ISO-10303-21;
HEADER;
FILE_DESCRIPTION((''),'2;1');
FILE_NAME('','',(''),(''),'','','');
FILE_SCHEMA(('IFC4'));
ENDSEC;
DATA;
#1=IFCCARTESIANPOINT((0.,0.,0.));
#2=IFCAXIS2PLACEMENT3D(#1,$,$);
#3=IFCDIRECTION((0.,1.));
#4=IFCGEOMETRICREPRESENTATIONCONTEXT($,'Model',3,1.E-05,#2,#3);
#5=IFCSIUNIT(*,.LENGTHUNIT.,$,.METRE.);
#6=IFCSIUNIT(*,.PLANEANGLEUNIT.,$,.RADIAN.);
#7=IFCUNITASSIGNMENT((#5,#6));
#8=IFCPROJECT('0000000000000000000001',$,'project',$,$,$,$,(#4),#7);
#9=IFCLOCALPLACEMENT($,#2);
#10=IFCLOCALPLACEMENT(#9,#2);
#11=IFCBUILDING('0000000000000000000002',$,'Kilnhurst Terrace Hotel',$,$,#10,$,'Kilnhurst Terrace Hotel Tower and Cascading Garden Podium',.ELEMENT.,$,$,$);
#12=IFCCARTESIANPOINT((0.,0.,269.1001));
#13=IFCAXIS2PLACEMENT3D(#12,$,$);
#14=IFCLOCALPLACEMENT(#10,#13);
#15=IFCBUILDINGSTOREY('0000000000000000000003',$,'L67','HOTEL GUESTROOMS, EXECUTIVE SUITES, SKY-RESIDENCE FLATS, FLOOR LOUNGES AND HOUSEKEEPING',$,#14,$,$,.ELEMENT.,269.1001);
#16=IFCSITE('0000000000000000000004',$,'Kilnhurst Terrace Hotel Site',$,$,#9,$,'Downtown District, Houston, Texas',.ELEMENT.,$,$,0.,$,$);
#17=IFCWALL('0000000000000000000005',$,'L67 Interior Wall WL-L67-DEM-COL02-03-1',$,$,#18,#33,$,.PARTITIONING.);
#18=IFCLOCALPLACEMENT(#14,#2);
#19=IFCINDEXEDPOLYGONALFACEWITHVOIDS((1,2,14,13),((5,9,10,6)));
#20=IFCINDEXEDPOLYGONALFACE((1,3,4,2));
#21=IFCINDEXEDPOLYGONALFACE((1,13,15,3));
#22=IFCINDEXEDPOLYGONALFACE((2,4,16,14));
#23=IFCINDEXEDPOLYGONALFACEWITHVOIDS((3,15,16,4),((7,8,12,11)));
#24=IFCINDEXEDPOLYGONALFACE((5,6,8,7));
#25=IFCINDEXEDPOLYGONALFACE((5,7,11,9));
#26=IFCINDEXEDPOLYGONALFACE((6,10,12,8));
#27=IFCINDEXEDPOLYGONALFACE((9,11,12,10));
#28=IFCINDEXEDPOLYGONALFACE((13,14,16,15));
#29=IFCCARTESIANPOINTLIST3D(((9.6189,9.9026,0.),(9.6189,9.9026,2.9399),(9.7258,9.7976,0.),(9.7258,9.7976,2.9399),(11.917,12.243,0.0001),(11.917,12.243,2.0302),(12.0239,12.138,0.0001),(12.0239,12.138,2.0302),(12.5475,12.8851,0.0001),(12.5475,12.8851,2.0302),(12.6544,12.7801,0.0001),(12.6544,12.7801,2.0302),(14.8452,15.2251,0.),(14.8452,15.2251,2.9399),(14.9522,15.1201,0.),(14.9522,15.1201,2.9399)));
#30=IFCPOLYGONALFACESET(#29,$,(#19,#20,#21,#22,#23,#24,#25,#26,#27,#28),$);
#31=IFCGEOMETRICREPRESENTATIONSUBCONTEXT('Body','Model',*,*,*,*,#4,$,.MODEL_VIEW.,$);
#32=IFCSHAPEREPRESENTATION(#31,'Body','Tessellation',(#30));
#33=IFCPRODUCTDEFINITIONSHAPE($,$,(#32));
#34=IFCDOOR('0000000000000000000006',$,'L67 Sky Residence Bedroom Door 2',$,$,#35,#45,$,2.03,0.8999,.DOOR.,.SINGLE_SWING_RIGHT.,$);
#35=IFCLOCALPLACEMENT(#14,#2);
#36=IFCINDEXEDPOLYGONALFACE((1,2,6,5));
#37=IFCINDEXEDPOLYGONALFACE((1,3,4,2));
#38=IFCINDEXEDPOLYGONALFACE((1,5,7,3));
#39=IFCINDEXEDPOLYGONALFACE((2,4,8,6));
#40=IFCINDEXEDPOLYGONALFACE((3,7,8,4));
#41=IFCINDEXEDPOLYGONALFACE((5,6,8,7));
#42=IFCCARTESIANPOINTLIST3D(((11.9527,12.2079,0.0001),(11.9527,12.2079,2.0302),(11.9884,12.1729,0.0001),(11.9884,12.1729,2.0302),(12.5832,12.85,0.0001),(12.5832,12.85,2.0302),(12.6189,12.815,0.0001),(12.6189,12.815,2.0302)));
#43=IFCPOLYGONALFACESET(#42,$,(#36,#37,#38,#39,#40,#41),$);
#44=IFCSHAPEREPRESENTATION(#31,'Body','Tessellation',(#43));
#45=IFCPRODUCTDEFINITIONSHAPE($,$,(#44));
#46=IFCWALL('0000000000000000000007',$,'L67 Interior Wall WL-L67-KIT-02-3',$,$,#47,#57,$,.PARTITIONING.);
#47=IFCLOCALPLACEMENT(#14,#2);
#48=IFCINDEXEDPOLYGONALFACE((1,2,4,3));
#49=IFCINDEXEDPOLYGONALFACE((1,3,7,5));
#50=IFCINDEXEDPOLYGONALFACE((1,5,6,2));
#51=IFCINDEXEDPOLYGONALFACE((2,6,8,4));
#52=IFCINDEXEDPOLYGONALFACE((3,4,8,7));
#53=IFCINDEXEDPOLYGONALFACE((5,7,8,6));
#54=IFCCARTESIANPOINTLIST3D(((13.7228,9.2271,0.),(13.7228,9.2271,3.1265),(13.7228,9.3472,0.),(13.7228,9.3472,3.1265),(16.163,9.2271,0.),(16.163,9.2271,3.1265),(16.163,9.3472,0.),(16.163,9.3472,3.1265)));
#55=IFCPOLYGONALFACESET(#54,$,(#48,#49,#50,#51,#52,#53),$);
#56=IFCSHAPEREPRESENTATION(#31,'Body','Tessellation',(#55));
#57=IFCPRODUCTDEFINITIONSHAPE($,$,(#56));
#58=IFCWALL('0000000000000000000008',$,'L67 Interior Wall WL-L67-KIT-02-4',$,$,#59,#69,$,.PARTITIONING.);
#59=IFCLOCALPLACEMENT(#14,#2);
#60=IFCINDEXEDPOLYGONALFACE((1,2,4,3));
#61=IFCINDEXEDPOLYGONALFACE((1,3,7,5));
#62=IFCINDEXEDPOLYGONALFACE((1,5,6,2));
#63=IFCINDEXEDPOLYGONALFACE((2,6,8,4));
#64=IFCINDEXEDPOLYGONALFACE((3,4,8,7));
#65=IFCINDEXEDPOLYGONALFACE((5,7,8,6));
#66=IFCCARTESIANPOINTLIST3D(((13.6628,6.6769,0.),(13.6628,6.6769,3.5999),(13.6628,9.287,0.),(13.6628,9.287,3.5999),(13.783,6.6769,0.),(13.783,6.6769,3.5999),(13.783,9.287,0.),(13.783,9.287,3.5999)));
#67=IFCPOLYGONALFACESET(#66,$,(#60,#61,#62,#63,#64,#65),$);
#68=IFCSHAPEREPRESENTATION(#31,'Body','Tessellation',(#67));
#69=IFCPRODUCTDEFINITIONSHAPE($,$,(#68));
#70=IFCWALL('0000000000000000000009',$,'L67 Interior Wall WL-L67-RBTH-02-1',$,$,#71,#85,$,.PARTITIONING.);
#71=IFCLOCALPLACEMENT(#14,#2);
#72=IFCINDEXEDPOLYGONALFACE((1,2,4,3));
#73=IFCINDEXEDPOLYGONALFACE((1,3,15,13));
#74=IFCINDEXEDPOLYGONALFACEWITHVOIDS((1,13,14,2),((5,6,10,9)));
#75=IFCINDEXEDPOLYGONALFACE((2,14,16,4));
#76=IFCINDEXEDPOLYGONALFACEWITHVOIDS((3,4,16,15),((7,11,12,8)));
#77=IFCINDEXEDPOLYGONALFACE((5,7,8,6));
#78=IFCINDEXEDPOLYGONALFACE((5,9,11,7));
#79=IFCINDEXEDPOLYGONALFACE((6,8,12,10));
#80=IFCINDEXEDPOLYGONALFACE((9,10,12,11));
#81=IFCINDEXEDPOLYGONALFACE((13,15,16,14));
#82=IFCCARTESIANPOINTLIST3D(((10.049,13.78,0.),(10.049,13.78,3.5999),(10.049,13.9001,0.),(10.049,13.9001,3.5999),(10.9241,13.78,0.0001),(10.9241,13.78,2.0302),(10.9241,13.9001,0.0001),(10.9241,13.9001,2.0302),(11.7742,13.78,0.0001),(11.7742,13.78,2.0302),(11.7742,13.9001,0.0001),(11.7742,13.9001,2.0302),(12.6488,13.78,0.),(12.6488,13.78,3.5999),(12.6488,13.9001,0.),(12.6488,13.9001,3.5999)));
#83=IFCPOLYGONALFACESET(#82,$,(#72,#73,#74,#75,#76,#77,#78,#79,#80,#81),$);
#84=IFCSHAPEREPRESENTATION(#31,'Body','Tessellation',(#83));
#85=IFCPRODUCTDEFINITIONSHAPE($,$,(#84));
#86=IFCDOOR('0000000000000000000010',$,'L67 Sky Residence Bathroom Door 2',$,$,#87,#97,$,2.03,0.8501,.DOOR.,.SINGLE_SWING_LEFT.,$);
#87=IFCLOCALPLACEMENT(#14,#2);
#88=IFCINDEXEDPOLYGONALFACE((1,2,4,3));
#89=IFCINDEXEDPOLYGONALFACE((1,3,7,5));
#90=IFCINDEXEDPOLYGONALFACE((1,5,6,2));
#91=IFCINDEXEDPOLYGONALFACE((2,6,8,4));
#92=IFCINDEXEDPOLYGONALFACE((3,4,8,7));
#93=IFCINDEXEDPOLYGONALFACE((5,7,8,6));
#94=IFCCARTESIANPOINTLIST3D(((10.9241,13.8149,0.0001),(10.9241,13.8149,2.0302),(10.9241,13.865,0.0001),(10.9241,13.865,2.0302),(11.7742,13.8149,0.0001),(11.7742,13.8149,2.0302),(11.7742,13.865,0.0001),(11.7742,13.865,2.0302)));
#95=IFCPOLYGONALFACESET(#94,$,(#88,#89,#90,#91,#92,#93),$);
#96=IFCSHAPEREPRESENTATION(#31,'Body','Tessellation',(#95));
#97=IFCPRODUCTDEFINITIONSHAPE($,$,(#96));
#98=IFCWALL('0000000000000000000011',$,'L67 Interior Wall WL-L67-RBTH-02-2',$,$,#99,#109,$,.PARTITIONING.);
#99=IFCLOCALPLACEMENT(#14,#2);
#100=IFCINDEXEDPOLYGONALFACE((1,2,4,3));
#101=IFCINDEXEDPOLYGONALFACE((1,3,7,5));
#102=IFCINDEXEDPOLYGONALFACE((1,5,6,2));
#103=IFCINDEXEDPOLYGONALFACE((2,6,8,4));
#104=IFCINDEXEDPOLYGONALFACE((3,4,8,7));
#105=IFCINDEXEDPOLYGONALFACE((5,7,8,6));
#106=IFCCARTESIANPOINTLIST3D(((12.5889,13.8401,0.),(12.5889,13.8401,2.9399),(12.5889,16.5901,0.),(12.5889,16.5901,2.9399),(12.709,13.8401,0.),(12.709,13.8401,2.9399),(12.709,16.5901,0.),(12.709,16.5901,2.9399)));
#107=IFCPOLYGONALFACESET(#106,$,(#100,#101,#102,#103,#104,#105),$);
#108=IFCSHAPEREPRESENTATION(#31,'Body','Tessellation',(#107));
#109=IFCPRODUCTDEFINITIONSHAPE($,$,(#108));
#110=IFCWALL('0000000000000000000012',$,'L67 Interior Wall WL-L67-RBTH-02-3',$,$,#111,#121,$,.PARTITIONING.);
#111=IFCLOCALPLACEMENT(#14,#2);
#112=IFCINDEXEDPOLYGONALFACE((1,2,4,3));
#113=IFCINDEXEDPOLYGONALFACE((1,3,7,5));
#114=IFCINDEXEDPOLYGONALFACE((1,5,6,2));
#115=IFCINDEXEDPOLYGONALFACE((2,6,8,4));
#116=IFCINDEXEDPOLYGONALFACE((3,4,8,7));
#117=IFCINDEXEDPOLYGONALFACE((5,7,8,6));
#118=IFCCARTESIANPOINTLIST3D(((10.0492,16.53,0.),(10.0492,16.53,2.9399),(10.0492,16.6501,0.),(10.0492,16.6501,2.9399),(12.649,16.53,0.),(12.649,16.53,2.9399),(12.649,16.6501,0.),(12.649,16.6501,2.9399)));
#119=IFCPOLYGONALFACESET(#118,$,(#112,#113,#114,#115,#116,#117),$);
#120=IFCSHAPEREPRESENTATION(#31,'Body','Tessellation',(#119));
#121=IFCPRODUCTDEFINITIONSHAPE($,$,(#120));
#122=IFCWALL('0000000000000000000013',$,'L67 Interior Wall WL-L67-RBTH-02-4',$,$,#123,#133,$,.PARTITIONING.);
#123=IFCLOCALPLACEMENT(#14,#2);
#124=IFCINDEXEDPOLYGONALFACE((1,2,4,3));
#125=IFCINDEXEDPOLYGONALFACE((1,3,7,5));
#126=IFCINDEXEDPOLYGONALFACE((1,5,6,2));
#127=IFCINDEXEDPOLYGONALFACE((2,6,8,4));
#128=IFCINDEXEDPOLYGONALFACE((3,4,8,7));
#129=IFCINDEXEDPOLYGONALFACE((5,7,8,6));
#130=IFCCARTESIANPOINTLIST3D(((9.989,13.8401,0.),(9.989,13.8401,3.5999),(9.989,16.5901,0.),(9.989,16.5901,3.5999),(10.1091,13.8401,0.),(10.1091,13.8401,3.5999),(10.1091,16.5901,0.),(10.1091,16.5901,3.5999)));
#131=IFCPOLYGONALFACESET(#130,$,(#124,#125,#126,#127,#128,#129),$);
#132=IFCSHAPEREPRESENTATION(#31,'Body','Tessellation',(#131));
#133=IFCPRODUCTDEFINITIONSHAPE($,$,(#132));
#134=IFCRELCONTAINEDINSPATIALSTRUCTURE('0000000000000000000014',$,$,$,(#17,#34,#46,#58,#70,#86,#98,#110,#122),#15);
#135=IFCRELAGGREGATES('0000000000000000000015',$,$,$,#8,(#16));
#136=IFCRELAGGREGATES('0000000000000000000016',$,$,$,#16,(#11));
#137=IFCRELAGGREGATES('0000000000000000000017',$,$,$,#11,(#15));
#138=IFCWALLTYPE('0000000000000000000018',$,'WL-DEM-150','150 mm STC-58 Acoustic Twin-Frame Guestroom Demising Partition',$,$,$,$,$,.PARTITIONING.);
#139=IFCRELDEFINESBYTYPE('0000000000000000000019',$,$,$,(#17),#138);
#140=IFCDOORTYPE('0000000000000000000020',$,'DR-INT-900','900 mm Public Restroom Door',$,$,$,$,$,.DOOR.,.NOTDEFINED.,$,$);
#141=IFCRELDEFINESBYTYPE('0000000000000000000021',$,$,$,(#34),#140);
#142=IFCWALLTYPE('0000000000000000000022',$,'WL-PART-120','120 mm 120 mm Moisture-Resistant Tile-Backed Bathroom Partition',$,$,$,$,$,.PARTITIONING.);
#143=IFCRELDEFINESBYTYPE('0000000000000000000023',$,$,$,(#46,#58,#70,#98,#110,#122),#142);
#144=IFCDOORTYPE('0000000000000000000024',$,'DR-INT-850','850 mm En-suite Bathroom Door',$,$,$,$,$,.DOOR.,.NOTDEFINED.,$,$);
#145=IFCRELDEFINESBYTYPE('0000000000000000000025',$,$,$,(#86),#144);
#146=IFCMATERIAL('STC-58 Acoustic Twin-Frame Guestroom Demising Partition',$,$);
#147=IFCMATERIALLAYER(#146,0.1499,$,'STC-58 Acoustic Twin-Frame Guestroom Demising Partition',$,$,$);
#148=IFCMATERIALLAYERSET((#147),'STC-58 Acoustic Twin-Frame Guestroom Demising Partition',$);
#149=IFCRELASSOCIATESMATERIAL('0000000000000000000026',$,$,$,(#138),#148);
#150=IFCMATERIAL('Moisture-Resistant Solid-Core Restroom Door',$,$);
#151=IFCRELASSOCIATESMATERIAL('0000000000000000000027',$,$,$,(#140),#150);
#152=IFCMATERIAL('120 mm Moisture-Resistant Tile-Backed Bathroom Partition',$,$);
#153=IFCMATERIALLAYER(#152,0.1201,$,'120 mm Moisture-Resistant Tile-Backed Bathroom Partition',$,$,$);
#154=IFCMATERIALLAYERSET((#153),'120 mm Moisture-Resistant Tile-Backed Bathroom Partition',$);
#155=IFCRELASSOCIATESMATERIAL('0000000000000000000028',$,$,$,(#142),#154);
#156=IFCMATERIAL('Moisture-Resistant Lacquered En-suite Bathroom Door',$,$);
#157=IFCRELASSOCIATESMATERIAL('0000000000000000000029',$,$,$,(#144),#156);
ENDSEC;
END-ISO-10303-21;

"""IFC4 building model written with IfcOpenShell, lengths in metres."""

from ifc_helpers import new_model, si_unit, direction, frame, frame_2d, origin, place, context, subcontext, project, spatial, rectangle, extrude, material, layer, layer_set, type_object, element, fill, save


model = new_model("IFC4")

# Units and contexts
model_context = context("Model", 3, precision=1e-05, world=origin(), true_north=direction((0.0, 1.0)))
body_context = subcontext(model_context, "Body", "Model", "MODEL_VIEW")
ifc_project = project(units=[si_unit("LENGTHUNIT", "METRE"), si_unit("PLANEANGLEUNIT", "RADIAN")], contexts=[model_context])

# Site, building, storey
site_placement = place(None, origin())
site = spatial("IfcSite", under=ifc_project, at=site_placement, Name="Kilnhurst Terrace Hotel Site", LongName="Downtown District, Houston, Texas", CompositionType="ELEMENT", RefElevation=0.0)
building_placement = place(site_placement, origin())
building = spatial("IfcBuilding", under=site, at=building_placement, Name="Kilnhurst Terrace Hotel", LongName="Kilnhurst Terrace Hotel Tower and Cascading Garden Podium", CompositionType="ELEMENT")
storey_placement = place(building_placement, frame((0.0, 0.0, 269.1001)))
storey = spatial("IfcBuildingStorey", under=building, at=storey_placement, Name="L67", Description="HOTEL GUESTROOMS, EXECUTIVE SUITES, SKY-RESIDENCE FLATS, FLOOR LOUNGES AND HOUSEKEEPING", CompositionType="ELEMENT", Elevation=269.1001)

# Wall, opening, door
ifc_material_1 = material(Name="STC-58 Acoustic Twin-Frame Guestroom Demising Partition")
ifc_layer_1 = layer(ifc_material_1, 0.1499, Name="STC-58 Acoustic Twin-Frame Guestroom Demising Partition")
ifc_layer_set_1 = layer_set([ifc_layer_1], Name="STC-58 Acoustic Twin-Frame Guestroom Demising Partition")
wall_type_1 = type_object("IfcWallType", Name="WL-DEM-150", Description="150 mm STC-58 Acoustic Twin-Frame Guestroom Demising Partition", PredefinedType="PARTITIONING", material=ifc_layer_set_1)
wall_1_placement = place(storey_placement, frame((9.6724, 9.8501, 0.0), z_axis=(0.0, 0.0, 1.0), x_axis=(0.70063, 0.713525, 0.0)))
wall_1 = element("IfcWall", 1, at=wall_1_placement, inside=storey, type_object=wall_type_1, Name="L67 Interior Wall WL-L67-DEM-COL02-03-1", PredefinedType="PARTITIONING", context=body_context, shape_type="SweptSolid", body=[
    extrude(rectangle(XDim=7.4595, YDim=0.1499, at=frame_2d((3.7297, 0.0))), origin(), (0.0, 0.0, 1.0), 2.9399),
])
opening_1_placement = place(wall_1_placement, frame((3.28, 0.0, 0.0)))
opening_1 = element("IfcOpeningElement", 2, at=opening_1_placement, cuts=wall_1, PredefinedType="OPENING", context=body_context, shape_type="SweptSolid", body=[
    extrude(rectangle(XDim=0.8999, YDim=2.03, at=frame_2d((0.45, 1.0151))), frame((0.0, 0.085, 0.0), z_axis=(0.0, -1.0, 0.0), x_axis=(1.0, 0.0, 0.0)), (0.0, 0.0, 1.0), 0.1699),
])
ifc_material_2 = material(Name="Moisture-Resistant Solid-Core Restroom Door")
door_type_1 = type_object("IfcDoorType", Name="DR-INT-900", Description="900 mm Public Restroom Door", OperationType="NOTDEFINED", PredefinedType="DOOR", material=ifc_material_2)
door_1_placement = place(opening_1_placement, origin())
door_1 = element("IfcDoor", 3, at=door_1_placement, inside=storey, type_object=door_type_1, Name="L67 Sky Residence Bedroom Door 2", OperationType="SINGLE_SWING_RIGHT", OverallHeight=2.03, OverallWidth=0.8999, PredefinedType="DOOR", context=body_context, shape_type="SweptSolid", body=[
    extrude(rectangle(XDim=0.8999, YDim=2.03, at=frame_2d((0.45, 1.0151))), frame((0.0, 0.0249, 0.0), z_axis=(0.0, -1.0, 0.0), x_axis=(1.0, 0.0, 0.0)), (0.0, 0.0, 1.0), 0.05),
])
fill(opening_1, door_1)

# Walls
ifc_material_3 = material(Name="120 mm Moisture-Resistant Tile-Backed Bathroom Partition")
ifc_layer_2 = layer(ifc_material_3, 0.1201, Name="120 mm Moisture-Resistant Tile-Backed Bathroom Partition")
ifc_layer_set_2 = layer_set([ifc_layer_2], Name="120 mm Moisture-Resistant Tile-Backed Bathroom Partition")
wall_type_2 = type_object("IfcWallType", Name="WL-PART-120", Description="120 mm 120 mm Moisture-Resistant Tile-Backed Bathroom Partition", PredefinedType="PARTITIONING", material=ifc_layer_set_2)
wall_2_placement = place(storey_placement, frame((16.1631, 9.2871, 0.0), z_axis=(0.0, 0.0, 1.0), x_axis=(-1.0, 0.0, 0.0)))
element("IfcWall", 4, at=wall_2_placement, inside=storey, type_object=wall_type_2, Name="L67 Interior Wall WL-L67-KIT-02-3", PredefinedType="PARTITIONING", context=body_context, shape_type="SweptSolid", body=[
    extrude(rectangle(XDim=2.4402, YDim=0.1201, at=frame_2d((1.2202, 0.0))), origin(), (0.0, 0.0, 1.0), 3.1265),
])
wall_3_placement = place(storey_placement, frame((13.7229, 9.2871, 0.0), z_axis=(0.0, 0.0, 1.0), x_axis=(0.0, -1.0, 0.0)))
element("IfcWall", 5, at=wall_3_placement, inside=storey, type_object=wall_type_2, Name="L67 Interior Wall WL-L67-KIT-02-4", PredefinedType="PARTITIONING", context=body_context, shape_type="SweptSolid", body=[
    extrude(rectangle(XDim=2.6101, YDim=0.1201, at=frame_2d((1.3052, 0.0))), origin(), (0.0, 0.0, 1.0), 3.5999),
])

# Wall, opening, door
wall_4_placement = place(storey_placement, frame((10.0491, 13.8401, 0.0), z_axis=(0.0, 0.0, 1.0), x_axis=(1.0, 0.0, 0.0)))
wall_4 = element("IfcWall", 6, at=wall_4_placement, inside=storey, type_object=wall_type_2, Name="L67 Interior Wall WL-L67-RBTH-02-1", PredefinedType="PARTITIONING", context=body_context, shape_type="SweptSolid", body=[
    extrude(rectangle(XDim=2.5999, YDim=0.1201, at=frame_2d((1.2998, 0.0))), origin(), (0.0, 0.0, 1.0), 3.5999),
])
opening_2_placement = place(wall_4_placement, frame((0.875, 0.0, 0.0)))
opening_2 = element("IfcOpeningElement", 7, at=opening_2_placement, cuts=wall_4, PredefinedType="OPENING", context=body_context, shape_type="SweptSolid", body=[
    extrude(rectangle(XDim=0.8501, YDim=2.03, at=frame_2d((0.425, 1.0151))), frame((0.0, 0.0701, 0.0), z_axis=(0.0, -1.0, 0.0), x_axis=(1.0, 0.0, 0.0)), (0.0, 0.0, 1.0), 0.1401),
])
ifc_material_4 = material(Name="Moisture-Resistant Lacquered En-suite Bathroom Door")
door_type_2 = type_object("IfcDoorType", Name="DR-INT-850", Description="850 mm En-suite Bathroom Door", OperationType="NOTDEFINED", PredefinedType="DOOR", material=ifc_material_4)
door_2_placement = place(opening_2_placement, origin())
door_2 = element("IfcDoor", 8, at=door_2_placement, inside=storey, type_object=door_type_2, Name="L67 Sky Residence Bathroom Door 2", OperationType="SINGLE_SWING_LEFT", OverallHeight=2.03, OverallWidth=0.8501, PredefinedType="DOOR", context=body_context, shape_type="SweptSolid", body=[
    extrude(rectangle(XDim=0.8501, YDim=2.03, at=frame_2d((0.425, 1.0151))), frame((0.0, 0.0249, 0.0), z_axis=(0.0, -1.0, 0.0), x_axis=(1.0, 0.0, 0.0)), (0.0, 0.0, 1.0), 0.05),
])
fill(opening_2, door_2)

# Walls
wall_5_placement = place(storey_placement, frame((12.6489, 13.8401, 0.0), z_axis=(0.0, 0.0, 1.0), x_axis=(0.0, 1.0, 0.0)))
element("IfcWall", 9, at=wall_5_placement, inside=storey, type_object=wall_type_2, Name="L67 Interior Wall WL-L67-RBTH-02-2", PredefinedType="PARTITIONING", context=body_context, shape_type="SweptSolid", body=[
    extrude(rectangle(XDim=2.75, YDim=0.1201, at=frame_2d((1.375, 0.0))), origin(), (0.0, 0.0, 1.0), 2.9399),
])
wall_6_placement = place(storey_placement, frame((12.6489, 16.5901, 0.0), z_axis=(0.0, 0.0, 1.0), x_axis=(-1.0, 0.0, 0.0)))
element("IfcWall", 10, at=wall_6_placement, inside=storey, type_object=wall_type_2, Name="L67 Interior Wall WL-L67-RBTH-02-3", PredefinedType="PARTITIONING", context=body_context, shape_type="SweptSolid", body=[
    extrude(rectangle(XDim=2.5999, YDim=0.1201, at=frame_2d((1.2998, 0.0))), origin(), (0.0, 0.0, 1.0), 2.9399),
])
wall_7_placement = place(storey_placement, frame((10.0491, 16.5901, 0.0), z_axis=(0.0, 0.0, 1.0), x_axis=(0.0, -1.0, 0.0)))
element("IfcWall", 11, at=wall_7_placement, inside=storey, type_object=wall_type_2, Name="L67 Interior Wall WL-L67-RBTH-02-4", PredefinedType="PARTITIONING", context=body_context, shape_type="SweptSolid", body=[
    extrude(rectangle(XDim=2.75, YDim=0.1201, at=frame_2d((1.375, 0.0))), origin(), (0.0, 0.0, 1.0), 3.5999),
])

save(model, "model.ifc")
